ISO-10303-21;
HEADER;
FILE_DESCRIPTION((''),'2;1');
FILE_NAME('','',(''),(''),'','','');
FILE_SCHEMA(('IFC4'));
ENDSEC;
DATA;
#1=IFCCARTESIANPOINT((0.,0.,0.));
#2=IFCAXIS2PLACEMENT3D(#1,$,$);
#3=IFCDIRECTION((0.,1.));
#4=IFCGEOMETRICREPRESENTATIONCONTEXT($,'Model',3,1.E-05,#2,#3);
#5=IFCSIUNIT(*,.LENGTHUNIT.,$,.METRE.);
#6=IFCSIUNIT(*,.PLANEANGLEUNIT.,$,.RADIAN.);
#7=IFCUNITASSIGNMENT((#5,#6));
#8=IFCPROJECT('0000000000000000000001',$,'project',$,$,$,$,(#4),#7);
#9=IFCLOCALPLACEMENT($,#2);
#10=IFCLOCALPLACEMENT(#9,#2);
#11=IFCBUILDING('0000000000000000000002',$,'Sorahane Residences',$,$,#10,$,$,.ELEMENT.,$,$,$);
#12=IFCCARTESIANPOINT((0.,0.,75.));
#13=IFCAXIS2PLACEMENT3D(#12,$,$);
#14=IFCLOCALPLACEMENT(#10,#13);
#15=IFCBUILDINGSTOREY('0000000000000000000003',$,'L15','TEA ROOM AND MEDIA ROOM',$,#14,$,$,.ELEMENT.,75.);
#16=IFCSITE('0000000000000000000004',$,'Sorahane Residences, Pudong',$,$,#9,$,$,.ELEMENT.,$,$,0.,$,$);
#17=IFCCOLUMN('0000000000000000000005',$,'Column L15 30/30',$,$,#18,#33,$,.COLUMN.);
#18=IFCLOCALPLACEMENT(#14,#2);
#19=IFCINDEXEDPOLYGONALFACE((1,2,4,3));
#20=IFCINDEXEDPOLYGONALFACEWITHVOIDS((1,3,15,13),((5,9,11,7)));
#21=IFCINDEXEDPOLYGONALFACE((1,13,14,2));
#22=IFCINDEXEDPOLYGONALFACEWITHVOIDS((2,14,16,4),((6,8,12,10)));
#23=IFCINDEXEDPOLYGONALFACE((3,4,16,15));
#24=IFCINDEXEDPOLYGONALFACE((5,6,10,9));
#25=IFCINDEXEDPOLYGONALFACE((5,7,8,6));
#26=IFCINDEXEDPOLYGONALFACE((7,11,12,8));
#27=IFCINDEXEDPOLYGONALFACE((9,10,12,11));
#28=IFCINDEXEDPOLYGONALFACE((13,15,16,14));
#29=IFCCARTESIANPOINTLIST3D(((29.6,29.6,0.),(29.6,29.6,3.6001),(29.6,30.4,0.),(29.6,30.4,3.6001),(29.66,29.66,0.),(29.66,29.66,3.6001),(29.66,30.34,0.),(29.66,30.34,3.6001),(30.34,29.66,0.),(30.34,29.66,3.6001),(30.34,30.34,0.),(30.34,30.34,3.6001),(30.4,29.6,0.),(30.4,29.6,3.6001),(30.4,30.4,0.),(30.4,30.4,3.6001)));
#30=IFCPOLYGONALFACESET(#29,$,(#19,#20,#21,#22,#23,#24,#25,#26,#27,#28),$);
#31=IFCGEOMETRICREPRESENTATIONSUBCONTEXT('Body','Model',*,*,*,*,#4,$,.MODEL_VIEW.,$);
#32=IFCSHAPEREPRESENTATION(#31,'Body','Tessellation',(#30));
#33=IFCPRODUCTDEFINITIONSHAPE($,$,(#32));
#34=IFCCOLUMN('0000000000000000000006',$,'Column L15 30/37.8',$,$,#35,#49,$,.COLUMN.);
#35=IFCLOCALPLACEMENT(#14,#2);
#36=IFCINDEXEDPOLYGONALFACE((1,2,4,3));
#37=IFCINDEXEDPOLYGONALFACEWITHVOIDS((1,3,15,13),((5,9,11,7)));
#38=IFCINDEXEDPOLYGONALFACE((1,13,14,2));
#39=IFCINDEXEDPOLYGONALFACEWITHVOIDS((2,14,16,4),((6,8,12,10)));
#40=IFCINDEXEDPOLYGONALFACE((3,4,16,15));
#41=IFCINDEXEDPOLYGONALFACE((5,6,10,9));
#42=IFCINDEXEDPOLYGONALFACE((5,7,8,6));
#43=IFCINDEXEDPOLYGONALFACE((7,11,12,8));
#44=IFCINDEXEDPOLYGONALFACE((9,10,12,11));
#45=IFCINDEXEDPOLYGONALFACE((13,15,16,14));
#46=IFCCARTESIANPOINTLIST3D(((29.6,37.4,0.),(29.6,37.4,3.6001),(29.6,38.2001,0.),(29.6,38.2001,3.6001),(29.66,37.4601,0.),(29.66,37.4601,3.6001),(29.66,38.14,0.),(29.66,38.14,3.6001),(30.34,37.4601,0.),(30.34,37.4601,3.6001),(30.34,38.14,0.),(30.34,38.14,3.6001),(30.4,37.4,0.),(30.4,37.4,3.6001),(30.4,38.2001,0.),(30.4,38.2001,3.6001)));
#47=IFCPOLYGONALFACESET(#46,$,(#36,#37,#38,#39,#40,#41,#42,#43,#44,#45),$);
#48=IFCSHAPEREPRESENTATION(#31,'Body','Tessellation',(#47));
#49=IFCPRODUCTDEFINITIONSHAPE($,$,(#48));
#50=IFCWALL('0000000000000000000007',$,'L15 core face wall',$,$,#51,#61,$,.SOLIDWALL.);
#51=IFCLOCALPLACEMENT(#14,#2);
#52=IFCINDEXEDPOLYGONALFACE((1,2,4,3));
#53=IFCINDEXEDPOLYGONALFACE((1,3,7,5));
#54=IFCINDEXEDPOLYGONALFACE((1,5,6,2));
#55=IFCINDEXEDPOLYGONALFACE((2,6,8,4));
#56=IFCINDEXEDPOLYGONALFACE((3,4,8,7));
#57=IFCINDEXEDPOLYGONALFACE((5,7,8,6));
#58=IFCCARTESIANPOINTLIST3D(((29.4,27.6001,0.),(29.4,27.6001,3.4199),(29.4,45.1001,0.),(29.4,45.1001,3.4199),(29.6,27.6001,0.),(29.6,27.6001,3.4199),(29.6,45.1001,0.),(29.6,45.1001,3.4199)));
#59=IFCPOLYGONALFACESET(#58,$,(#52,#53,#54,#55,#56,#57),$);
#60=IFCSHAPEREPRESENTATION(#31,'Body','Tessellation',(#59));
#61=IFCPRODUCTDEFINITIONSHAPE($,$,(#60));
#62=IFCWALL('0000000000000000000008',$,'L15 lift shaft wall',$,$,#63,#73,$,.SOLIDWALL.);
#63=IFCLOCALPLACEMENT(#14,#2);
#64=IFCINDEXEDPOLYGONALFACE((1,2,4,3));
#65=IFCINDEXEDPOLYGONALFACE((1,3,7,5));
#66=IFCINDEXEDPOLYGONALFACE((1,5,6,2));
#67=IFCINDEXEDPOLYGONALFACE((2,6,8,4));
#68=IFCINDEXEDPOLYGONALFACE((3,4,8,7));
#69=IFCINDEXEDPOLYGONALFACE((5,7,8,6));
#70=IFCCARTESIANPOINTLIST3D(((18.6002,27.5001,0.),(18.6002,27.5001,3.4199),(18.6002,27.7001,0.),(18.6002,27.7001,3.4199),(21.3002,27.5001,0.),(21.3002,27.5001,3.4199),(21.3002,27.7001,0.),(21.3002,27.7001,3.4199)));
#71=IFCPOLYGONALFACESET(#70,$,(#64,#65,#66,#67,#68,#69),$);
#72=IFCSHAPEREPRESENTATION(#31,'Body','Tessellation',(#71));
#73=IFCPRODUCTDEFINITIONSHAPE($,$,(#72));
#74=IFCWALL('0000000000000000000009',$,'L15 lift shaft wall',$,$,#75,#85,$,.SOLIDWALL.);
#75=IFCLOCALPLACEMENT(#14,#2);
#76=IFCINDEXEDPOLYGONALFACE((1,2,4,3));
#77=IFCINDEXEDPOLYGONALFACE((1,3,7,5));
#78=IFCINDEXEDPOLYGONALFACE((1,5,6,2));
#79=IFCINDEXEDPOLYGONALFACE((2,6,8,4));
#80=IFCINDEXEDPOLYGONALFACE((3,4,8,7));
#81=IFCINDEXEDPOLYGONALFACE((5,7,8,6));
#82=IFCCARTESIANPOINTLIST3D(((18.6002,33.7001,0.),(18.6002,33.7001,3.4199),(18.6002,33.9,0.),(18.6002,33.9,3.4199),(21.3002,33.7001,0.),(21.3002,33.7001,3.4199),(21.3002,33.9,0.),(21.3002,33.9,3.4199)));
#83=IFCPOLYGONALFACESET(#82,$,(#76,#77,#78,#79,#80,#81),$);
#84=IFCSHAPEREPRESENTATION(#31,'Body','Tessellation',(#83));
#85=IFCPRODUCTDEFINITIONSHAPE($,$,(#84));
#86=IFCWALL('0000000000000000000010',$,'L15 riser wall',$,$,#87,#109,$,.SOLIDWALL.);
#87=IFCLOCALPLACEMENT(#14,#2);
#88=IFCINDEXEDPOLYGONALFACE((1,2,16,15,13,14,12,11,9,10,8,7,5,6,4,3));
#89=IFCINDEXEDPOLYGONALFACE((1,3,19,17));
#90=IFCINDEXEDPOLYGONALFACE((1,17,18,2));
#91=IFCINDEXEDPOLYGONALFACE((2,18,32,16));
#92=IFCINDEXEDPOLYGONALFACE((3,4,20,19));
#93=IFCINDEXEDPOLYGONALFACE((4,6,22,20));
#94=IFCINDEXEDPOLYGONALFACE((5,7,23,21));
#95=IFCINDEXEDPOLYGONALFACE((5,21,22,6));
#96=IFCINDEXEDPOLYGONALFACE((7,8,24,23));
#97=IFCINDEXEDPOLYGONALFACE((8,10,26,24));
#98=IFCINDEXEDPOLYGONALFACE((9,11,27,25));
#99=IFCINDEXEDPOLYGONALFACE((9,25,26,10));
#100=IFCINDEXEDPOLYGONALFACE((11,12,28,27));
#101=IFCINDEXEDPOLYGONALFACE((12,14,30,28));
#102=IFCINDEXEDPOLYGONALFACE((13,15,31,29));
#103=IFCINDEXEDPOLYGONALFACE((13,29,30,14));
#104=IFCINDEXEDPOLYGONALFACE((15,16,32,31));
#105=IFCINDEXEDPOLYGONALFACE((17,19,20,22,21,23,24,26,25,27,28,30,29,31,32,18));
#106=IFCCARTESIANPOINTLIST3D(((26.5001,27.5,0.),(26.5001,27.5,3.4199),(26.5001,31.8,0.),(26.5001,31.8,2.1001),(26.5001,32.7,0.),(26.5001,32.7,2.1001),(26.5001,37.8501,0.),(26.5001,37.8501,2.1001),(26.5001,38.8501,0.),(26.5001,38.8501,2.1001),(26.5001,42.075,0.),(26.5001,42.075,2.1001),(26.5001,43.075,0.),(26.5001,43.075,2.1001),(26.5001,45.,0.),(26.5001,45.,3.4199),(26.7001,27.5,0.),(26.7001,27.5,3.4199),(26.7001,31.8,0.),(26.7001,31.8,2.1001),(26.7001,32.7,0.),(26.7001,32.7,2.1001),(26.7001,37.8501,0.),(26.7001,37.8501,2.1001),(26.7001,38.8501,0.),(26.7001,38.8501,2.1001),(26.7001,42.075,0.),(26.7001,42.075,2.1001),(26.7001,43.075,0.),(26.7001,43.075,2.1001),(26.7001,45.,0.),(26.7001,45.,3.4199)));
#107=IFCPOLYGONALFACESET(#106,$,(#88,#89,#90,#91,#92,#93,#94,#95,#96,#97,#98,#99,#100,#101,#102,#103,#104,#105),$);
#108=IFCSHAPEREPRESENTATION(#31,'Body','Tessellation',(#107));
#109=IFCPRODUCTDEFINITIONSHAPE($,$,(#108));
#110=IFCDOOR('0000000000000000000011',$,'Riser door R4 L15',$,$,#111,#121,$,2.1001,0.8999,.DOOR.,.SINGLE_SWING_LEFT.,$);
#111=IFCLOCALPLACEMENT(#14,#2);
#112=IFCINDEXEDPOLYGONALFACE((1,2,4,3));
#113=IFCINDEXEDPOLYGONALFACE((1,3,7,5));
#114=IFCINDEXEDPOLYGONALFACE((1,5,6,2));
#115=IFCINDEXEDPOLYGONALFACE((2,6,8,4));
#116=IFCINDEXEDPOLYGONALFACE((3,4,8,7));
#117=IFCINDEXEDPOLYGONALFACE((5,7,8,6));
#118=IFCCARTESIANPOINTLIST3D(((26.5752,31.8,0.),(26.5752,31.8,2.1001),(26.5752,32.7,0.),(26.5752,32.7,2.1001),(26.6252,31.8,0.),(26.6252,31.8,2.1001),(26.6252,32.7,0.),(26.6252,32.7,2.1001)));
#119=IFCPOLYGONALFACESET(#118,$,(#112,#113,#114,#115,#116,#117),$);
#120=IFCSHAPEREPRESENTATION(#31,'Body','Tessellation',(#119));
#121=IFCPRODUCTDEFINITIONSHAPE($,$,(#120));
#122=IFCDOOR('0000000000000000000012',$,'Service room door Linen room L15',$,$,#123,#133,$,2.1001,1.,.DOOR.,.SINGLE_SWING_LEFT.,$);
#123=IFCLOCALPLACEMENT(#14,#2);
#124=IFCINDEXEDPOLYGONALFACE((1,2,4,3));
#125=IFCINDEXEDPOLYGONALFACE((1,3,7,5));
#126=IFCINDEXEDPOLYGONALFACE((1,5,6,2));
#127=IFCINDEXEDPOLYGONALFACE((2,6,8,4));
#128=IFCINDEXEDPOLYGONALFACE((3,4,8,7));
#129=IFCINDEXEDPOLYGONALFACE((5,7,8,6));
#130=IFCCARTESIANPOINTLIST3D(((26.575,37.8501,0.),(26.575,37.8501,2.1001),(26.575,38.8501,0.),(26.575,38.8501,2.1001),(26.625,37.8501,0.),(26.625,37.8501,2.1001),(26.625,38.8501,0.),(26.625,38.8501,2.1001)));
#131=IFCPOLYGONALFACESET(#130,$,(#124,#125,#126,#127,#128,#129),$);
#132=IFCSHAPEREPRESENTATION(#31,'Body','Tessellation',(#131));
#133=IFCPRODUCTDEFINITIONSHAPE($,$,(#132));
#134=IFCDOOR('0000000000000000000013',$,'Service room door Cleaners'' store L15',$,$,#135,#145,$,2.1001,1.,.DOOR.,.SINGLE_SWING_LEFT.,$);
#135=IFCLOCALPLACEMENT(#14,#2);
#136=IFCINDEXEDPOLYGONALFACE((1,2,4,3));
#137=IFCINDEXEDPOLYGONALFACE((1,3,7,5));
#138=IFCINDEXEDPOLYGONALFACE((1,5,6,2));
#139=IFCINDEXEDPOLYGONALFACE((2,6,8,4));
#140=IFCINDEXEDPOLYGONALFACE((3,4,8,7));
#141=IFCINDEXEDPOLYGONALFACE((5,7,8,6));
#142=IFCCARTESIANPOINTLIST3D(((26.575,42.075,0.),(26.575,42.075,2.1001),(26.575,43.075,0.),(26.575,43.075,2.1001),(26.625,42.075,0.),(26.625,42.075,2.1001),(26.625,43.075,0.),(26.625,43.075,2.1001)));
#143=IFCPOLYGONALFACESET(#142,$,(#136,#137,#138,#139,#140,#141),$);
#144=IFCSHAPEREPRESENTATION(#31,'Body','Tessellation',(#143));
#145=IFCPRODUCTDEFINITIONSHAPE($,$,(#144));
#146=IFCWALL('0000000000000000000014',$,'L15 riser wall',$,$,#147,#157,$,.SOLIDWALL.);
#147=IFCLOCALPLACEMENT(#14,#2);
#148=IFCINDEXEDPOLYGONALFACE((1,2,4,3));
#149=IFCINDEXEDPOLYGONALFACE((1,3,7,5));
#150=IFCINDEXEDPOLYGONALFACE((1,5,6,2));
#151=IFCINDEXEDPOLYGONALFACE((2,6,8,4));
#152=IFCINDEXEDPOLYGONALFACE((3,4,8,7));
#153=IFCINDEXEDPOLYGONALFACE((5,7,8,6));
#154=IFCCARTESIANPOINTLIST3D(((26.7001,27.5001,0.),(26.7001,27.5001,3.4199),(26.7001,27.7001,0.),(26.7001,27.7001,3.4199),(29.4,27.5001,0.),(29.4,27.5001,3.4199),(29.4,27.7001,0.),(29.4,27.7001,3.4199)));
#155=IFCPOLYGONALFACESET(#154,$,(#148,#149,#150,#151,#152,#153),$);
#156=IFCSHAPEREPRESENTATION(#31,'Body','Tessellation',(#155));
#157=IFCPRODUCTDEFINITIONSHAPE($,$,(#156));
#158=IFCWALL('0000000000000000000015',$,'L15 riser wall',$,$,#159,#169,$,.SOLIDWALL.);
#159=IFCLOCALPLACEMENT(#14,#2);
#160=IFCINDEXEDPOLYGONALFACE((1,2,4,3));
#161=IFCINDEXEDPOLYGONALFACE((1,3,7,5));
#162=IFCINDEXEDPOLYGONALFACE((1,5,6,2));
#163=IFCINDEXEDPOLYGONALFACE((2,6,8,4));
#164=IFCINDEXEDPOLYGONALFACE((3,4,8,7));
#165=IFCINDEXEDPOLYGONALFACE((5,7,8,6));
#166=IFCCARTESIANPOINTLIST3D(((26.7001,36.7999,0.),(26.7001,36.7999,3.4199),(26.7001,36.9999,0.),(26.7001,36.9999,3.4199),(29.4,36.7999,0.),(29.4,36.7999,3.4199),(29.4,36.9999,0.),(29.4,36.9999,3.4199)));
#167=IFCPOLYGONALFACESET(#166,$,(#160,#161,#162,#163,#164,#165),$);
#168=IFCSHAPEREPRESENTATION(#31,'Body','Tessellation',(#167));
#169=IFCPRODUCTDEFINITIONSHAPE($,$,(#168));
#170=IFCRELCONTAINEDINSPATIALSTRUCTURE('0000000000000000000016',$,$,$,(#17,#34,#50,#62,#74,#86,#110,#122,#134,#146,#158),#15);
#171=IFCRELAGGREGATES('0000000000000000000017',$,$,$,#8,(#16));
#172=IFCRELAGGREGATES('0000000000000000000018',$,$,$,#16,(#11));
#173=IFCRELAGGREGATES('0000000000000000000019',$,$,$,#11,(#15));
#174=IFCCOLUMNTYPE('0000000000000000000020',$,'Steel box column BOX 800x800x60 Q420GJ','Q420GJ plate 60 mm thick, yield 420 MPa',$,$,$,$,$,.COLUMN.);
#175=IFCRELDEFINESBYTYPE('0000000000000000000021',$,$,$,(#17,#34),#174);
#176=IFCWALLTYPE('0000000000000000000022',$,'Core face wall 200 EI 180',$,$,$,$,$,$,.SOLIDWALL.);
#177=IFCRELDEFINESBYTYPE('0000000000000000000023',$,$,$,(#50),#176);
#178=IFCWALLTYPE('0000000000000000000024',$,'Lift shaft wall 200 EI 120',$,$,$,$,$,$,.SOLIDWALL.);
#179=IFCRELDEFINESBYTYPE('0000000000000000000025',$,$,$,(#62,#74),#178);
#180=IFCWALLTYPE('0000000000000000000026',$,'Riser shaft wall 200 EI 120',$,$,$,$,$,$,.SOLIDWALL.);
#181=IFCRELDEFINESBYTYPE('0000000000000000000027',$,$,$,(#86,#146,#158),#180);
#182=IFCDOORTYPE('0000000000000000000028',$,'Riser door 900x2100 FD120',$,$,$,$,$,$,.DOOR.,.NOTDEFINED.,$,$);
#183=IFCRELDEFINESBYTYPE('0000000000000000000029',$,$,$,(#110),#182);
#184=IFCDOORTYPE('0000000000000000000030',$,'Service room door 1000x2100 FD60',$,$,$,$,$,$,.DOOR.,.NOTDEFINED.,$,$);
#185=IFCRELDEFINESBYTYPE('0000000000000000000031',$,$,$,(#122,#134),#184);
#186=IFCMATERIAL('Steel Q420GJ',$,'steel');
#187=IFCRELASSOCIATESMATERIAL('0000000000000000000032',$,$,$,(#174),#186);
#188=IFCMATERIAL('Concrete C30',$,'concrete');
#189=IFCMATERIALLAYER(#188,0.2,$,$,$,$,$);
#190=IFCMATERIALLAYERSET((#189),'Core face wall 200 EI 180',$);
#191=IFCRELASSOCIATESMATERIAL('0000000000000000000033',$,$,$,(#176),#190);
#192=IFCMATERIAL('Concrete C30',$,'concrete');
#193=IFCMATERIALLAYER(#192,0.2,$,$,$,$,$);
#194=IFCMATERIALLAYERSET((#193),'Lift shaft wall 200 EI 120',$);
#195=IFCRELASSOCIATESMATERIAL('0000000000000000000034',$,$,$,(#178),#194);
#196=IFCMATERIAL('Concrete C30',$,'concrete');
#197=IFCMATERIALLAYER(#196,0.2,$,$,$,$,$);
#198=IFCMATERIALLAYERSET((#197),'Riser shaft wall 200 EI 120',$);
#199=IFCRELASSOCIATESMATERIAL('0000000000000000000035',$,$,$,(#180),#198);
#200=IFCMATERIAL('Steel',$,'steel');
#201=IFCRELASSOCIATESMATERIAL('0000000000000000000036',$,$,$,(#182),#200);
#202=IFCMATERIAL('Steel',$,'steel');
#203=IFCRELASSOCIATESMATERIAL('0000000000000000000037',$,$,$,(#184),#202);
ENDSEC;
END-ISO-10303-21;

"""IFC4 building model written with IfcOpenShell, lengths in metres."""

from ifc_helpers import new_model, si_unit, direction, frame, frame_2d, origin, origin_2d, place, context, subcontext, project, spatial, rectangle, hollow_rectangle, extrude, material, layer, layer_set, material_profile, profile_set, type_object, element, fill, save


model = new_model("IFC4")

# Units and contexts
model_context = context("Model", 3, precision=1e-05, world=origin(), true_north=direction((0.0, 1.0)))
body_context = subcontext(model_context, "Body", "Model", "MODEL_VIEW")
ifc_project = project(units=[si_unit("LENGTHUNIT", "METRE"), si_unit("PLANEANGLEUNIT", "RADIAN")], contexts=[model_context])

# Site, building, storey
site_placement = place(None, origin())
site = spatial("IfcSite", under=ifc_project, at=site_placement, Name="Sorahane Residences, Pudong", CompositionType="ELEMENT", RefElevation=0.0)
building_placement = place(site_placement, origin())
building = spatial("IfcBuilding", under=site, at=building_placement, Name="Sorahane Residences", CompositionType="ELEMENT")
storey_placement = place(building_placement, frame((0.0, 0.0, 75.0)))
storey = spatial("IfcBuildingStorey", under=building, at=storey_placement, Name="L15", Description="TEA ROOM AND MEDIA ROOM", CompositionType="ELEMENT", Elevation=75.0)

# Columns
ifc_material_1 = material(Name="Steel Q420GJ", Category="steel")
ifc_material_profile = material_profile(ifc_material_1, hollow_rectangle(XDim=0.8, YDim=0.8, WallThickness=0.0601, at=origin_2d()), Name="BOX 800x800x60")
ifc_profile_set = profile_set([ifc_material_profile], Name="Steel Q420GJ")
column_type = type_object("IfcColumnType", Name="Steel box column BOX 800x800x60 Q420GJ", Description="Q420GJ plate 60 mm thick, yield 420 MPa", PredefinedType="COLUMN", material=ifc_profile_set)
for number, where, z_axis, x_axis, name in (
    (1, (30.0, 30.0, 0.0), (0.0, 0.0, 1.0), (1.0, 0.0, 0.0), "Column L15 30/30"),
    (2, (30.0, 37.8, 0.0), (0.0, 0.0, 1.0), (1.0, 0.0, 0.0), "Column L15 30/37.8"),
):
    element("IfcColumn", number, at=place(storey_placement, frame(where, z_axis=z_axis, x_axis=x_axis)), inside=storey, type_object=column_type, Name=name, PredefinedType="COLUMN", context=body_context, shape_type="SweptSolid", body=[
        extrude(hollow_rectangle(XDim=0.8, YDim=0.8, WallThickness=0.0601, at=origin_2d()), origin(), (0.0, 0.0, 1.0), 3.6001),
    ])

# Walls
ifc_material_2 = material(Name="Concrete C30", Category="concrete")
ifc_layer_1 = layer(ifc_material_2, 0.2)
ifc_layer_set_1 = layer_set([ifc_layer_1], Name="Core face wall 200 EI 180")
wall_type_1 = type_object("IfcWallType", Name="Core face wall 200 EI 180", PredefinedType="SOLIDWALL", material=ifc_layer_set_1)
wall_1_placement = place(storey_placement, frame((29.5, 27.6001, 0.0), z_axis=(0.0, 0.0, 1.0), x_axis=(0.0, 1.0, 0.0)))
element("IfcWall", 3, at=wall_1_placement, inside=storey, type_object=wall_type_1, Name="L15 core face wall", PredefinedType="SOLIDWALL", context=body_context, shape_type="SweptSolid", body=[
    extrude(rectangle(XDim=17.5, YDim=0.2, at=frame_2d((8.75, 0.0))), origin(), (0.0, 0.0, 1.0), 3.4199),
])
ifc_material_3 = material(Name="Concrete C30", Category="concrete")
ifc_layer_2 = layer(ifc_material_3, 0.2)
ifc_layer_set_2 = layer_set([ifc_layer_2], Name="Lift shaft wall 200 EI 120")
wall_type_2 = type_object("IfcWallType", Name="Lift shaft wall 200 EI 120", PredefinedType="SOLIDWALL", material=ifc_layer_set_2)
for number, where, z_axis, x_axis, name in (
    (4, (18.6001, 27.6001, 0.0), (0.0, 0.0, 1.0), (1.0, 0.0, 0.0), "L15 lift shaft wall"),
    (5, (18.6001, 33.8, 0.0), (0.0, 0.0, 1.0), (1.0, 0.0, 0.0), "L15 lift shaft wall"),
):
    element("IfcWall", number, at=place(storey_placement, frame(where, z_axis=z_axis, x_axis=x_axis)), inside=storey, type_object=wall_type_2, Name=name, PredefinedType="SOLIDWALL", context=body_context, shape_type="SweptSolid", body=[
        extrude(rectangle(XDim=2.7, YDim=0.2, at=frame_2d((1.3501, 0.0))), origin(), (0.0, 0.0, 1.0), 3.4199),
    ])

# Wall, openings, doors
ifc_material_4 = material(Name="Concrete C30", Category="concrete")
ifc_layer_3 = layer(ifc_material_4, 0.2)
ifc_layer_set_3 = layer_set([ifc_layer_3], Name="Riser shaft wall 200 EI 120")
wall_type_3 = type_object("IfcWallType", Name="Riser shaft wall 200 EI 120", PredefinedType="SOLIDWALL", material=ifc_layer_set_3)
wall_2_placement = place(storey_placement, frame((26.6001, 27.5, 0.0), z_axis=(0.0, 0.0, 1.0), x_axis=(0.0, 1.0, 0.0)))
wall_2 = element("IfcWall", 6, at=wall_2_placement, inside=storey, type_object=wall_type_3, Name="L15 riser wall", PredefinedType="SOLIDWALL", context=body_context, shape_type="SweptSolid", body=[
    extrude(rectangle(XDim=17.5, YDim=0.2, at=frame_2d((8.75, 0.0))), origin(), (0.0, 0.0, 1.0), 3.4199),
])
opening_1_placement = place(wall_2_placement, frame((4.3, 0.0, 0.0)))
opening_1 = element("IfcOpeningElement", 7, at=opening_1_placement, cuts=wall_2, PredefinedType="OPENING", context=body_context, shape_type="SweptSolid", body=[
    extrude(rectangle(XDim=0.8999, YDim=2.1001, at=frame_2d((0.45, 1.05))), frame((0.0, 0.1099, 0.0), z_axis=(0.0, -1.0, 0.0), x_axis=(1.0, 0.0, 0.0)), (0.0, 0.0, 1.0), 0.22),
])
opening_2_placement = place(wall_2_placement, frame((10.3501, 0.0, 0.0)))
opening_2 = element("IfcOpeningElement", 8, at=opening_2_placement, cuts=wall_2, PredefinedType="OPENING", context=body_context, shape_type="SweptSolid", body=[
    extrude(rectangle(XDim=1.0, YDim=2.1001, at=frame_2d((0.5, 1.05))), frame((0.0, 0.1099, 0.0), z_axis=(0.0, -1.0, 0.0), x_axis=(1.0, 0.0, 0.0)), (0.0, 0.0, 1.0), 0.22),
])
opening_3_placement = place(wall_2_placement, frame((14.575, 0.0, 0.0)))
opening_3 = element("IfcOpeningElement", 9, at=opening_3_placement, cuts=wall_2, PredefinedType="OPENING", context=body_context, shape_type="SweptSolid", body=[
    extrude(rectangle(XDim=1.0, YDim=2.1001, at=frame_2d((0.5, 1.05))), frame((0.0, 0.1099, 0.0), z_axis=(0.0, -1.0, 0.0), x_axis=(1.0, 0.0, 0.0)), (0.0, 0.0, 1.0), 0.22),
])
ifc_material_5 = material(Name="Steel", Category="steel")
door_type_1 = type_object("IfcDoorType", Name="Riser door 900x2100 FD120", OperationType="NOTDEFINED", PredefinedType="DOOR", material=ifc_material_5)
door_1_placement = place(opening_1_placement, origin())
door_1 = element("IfcDoor", 10, at=door_1_placement, inside=storey, type_object=door_type_1, Name="Riser door R4 L15", OperationType="SINGLE_SWING_LEFT", OverallHeight=2.1001, OverallWidth=0.8999, PredefinedType="DOOR", context=body_context, shape_type="SweptSolid", body=[
    extrude(rectangle(XDim=0.8999, YDim=2.1001, at=frame_2d((0.45, 1.05))), frame((0.0, 0.0249, 0.0), z_axis=(0.0, -1.0, 0.0), x_axis=(1.0, 0.0, 0.0)), (0.0, 0.0, 1.0), 0.05),
])
fill(opening_1, door_1)
ifc_material_6 = material(Name="Steel", Category="steel")
door_type_2 = type_object("IfcDoorType", Name="Service room door 1000x2100 FD60", OperationType="NOTDEFINED", PredefinedType="DOOR", material=ifc_material_6)
door_2_placement = place(opening_2_placement, frame((1.0, 0.0, 0.0), z_axis=(0.0, 0.0, 1.0), x_axis=(-1.0, 0.0, 0.0)))
door_2 = element("IfcDoor", 11, at=door_2_placement, inside=storey, type_object=door_type_2, Name="Service room door Linen room L15", OperationType="SINGLE_SWING_LEFT", OverallHeight=2.1001, OverallWidth=1.0, PredefinedType="DOOR", context=body_context, shape_type="SweptSolid", body=[
    extrude(rectangle(XDim=1.0, YDim=2.1001, at=frame_2d((0.5, 1.05))), frame((0.0, 0.0249, 0.0), z_axis=(0.0, -1.0, 0.0), x_axis=(1.0, 0.0, 0.0)), (0.0, 0.0, 1.0), 0.05),
])
fill(opening_2, door_2)
door_3_placement = place(opening_3_placement, frame((1.0, 0.0, 0.0), z_axis=(0.0, 0.0, 1.0), x_axis=(-1.0, 0.0, 0.0)))
door_3 = element("IfcDoor", 12, at=door_3_placement, inside=storey, type_object=door_type_2, Name="Service room door Cleaners' store L15", OperationType="SINGLE_SWING_LEFT", OverallHeight=2.1001, OverallWidth=1.0, PredefinedType="DOOR", context=body_context, shape_type="SweptSolid", body=[
    extrude(rectangle(XDim=1.0, YDim=2.1001, at=frame_2d((0.5, 1.05))), frame((0.0, 0.0249, 0.0), z_axis=(0.0, -1.0, 0.0), x_axis=(1.0, 0.0, 0.0)), (0.0, 0.0, 1.0), 0.05),
])
fill(opening_3, door_3)

# Walls
for number, where, z_axis, x_axis, name in (
    (13, (26.7, 27.6001, 0.0), (0.0, 0.0, 1.0), (1.0, 0.0, 0.0), "L15 riser wall"),
    (14, (26.7, 36.8999, 0.0), (0.0, 0.0, 1.0), (1.0, 0.0, 0.0), "L15 riser wall"),
):
    element("IfcWall", number, at=place(storey_placement, frame(where, z_axis=z_axis, x_axis=x_axis)), inside=storey, type_object=wall_type_3, Name=name, PredefinedType="SOLIDWALL", context=body_context, shape_type="SweptSolid", body=[
        extrude(rectangle(XDim=2.7, YDim=0.2, at=frame_2d((1.3501, 0.0))), origin(), (0.0, 0.0, 1.0), 3.4199),
    ])

save(model, "model.ifc")
